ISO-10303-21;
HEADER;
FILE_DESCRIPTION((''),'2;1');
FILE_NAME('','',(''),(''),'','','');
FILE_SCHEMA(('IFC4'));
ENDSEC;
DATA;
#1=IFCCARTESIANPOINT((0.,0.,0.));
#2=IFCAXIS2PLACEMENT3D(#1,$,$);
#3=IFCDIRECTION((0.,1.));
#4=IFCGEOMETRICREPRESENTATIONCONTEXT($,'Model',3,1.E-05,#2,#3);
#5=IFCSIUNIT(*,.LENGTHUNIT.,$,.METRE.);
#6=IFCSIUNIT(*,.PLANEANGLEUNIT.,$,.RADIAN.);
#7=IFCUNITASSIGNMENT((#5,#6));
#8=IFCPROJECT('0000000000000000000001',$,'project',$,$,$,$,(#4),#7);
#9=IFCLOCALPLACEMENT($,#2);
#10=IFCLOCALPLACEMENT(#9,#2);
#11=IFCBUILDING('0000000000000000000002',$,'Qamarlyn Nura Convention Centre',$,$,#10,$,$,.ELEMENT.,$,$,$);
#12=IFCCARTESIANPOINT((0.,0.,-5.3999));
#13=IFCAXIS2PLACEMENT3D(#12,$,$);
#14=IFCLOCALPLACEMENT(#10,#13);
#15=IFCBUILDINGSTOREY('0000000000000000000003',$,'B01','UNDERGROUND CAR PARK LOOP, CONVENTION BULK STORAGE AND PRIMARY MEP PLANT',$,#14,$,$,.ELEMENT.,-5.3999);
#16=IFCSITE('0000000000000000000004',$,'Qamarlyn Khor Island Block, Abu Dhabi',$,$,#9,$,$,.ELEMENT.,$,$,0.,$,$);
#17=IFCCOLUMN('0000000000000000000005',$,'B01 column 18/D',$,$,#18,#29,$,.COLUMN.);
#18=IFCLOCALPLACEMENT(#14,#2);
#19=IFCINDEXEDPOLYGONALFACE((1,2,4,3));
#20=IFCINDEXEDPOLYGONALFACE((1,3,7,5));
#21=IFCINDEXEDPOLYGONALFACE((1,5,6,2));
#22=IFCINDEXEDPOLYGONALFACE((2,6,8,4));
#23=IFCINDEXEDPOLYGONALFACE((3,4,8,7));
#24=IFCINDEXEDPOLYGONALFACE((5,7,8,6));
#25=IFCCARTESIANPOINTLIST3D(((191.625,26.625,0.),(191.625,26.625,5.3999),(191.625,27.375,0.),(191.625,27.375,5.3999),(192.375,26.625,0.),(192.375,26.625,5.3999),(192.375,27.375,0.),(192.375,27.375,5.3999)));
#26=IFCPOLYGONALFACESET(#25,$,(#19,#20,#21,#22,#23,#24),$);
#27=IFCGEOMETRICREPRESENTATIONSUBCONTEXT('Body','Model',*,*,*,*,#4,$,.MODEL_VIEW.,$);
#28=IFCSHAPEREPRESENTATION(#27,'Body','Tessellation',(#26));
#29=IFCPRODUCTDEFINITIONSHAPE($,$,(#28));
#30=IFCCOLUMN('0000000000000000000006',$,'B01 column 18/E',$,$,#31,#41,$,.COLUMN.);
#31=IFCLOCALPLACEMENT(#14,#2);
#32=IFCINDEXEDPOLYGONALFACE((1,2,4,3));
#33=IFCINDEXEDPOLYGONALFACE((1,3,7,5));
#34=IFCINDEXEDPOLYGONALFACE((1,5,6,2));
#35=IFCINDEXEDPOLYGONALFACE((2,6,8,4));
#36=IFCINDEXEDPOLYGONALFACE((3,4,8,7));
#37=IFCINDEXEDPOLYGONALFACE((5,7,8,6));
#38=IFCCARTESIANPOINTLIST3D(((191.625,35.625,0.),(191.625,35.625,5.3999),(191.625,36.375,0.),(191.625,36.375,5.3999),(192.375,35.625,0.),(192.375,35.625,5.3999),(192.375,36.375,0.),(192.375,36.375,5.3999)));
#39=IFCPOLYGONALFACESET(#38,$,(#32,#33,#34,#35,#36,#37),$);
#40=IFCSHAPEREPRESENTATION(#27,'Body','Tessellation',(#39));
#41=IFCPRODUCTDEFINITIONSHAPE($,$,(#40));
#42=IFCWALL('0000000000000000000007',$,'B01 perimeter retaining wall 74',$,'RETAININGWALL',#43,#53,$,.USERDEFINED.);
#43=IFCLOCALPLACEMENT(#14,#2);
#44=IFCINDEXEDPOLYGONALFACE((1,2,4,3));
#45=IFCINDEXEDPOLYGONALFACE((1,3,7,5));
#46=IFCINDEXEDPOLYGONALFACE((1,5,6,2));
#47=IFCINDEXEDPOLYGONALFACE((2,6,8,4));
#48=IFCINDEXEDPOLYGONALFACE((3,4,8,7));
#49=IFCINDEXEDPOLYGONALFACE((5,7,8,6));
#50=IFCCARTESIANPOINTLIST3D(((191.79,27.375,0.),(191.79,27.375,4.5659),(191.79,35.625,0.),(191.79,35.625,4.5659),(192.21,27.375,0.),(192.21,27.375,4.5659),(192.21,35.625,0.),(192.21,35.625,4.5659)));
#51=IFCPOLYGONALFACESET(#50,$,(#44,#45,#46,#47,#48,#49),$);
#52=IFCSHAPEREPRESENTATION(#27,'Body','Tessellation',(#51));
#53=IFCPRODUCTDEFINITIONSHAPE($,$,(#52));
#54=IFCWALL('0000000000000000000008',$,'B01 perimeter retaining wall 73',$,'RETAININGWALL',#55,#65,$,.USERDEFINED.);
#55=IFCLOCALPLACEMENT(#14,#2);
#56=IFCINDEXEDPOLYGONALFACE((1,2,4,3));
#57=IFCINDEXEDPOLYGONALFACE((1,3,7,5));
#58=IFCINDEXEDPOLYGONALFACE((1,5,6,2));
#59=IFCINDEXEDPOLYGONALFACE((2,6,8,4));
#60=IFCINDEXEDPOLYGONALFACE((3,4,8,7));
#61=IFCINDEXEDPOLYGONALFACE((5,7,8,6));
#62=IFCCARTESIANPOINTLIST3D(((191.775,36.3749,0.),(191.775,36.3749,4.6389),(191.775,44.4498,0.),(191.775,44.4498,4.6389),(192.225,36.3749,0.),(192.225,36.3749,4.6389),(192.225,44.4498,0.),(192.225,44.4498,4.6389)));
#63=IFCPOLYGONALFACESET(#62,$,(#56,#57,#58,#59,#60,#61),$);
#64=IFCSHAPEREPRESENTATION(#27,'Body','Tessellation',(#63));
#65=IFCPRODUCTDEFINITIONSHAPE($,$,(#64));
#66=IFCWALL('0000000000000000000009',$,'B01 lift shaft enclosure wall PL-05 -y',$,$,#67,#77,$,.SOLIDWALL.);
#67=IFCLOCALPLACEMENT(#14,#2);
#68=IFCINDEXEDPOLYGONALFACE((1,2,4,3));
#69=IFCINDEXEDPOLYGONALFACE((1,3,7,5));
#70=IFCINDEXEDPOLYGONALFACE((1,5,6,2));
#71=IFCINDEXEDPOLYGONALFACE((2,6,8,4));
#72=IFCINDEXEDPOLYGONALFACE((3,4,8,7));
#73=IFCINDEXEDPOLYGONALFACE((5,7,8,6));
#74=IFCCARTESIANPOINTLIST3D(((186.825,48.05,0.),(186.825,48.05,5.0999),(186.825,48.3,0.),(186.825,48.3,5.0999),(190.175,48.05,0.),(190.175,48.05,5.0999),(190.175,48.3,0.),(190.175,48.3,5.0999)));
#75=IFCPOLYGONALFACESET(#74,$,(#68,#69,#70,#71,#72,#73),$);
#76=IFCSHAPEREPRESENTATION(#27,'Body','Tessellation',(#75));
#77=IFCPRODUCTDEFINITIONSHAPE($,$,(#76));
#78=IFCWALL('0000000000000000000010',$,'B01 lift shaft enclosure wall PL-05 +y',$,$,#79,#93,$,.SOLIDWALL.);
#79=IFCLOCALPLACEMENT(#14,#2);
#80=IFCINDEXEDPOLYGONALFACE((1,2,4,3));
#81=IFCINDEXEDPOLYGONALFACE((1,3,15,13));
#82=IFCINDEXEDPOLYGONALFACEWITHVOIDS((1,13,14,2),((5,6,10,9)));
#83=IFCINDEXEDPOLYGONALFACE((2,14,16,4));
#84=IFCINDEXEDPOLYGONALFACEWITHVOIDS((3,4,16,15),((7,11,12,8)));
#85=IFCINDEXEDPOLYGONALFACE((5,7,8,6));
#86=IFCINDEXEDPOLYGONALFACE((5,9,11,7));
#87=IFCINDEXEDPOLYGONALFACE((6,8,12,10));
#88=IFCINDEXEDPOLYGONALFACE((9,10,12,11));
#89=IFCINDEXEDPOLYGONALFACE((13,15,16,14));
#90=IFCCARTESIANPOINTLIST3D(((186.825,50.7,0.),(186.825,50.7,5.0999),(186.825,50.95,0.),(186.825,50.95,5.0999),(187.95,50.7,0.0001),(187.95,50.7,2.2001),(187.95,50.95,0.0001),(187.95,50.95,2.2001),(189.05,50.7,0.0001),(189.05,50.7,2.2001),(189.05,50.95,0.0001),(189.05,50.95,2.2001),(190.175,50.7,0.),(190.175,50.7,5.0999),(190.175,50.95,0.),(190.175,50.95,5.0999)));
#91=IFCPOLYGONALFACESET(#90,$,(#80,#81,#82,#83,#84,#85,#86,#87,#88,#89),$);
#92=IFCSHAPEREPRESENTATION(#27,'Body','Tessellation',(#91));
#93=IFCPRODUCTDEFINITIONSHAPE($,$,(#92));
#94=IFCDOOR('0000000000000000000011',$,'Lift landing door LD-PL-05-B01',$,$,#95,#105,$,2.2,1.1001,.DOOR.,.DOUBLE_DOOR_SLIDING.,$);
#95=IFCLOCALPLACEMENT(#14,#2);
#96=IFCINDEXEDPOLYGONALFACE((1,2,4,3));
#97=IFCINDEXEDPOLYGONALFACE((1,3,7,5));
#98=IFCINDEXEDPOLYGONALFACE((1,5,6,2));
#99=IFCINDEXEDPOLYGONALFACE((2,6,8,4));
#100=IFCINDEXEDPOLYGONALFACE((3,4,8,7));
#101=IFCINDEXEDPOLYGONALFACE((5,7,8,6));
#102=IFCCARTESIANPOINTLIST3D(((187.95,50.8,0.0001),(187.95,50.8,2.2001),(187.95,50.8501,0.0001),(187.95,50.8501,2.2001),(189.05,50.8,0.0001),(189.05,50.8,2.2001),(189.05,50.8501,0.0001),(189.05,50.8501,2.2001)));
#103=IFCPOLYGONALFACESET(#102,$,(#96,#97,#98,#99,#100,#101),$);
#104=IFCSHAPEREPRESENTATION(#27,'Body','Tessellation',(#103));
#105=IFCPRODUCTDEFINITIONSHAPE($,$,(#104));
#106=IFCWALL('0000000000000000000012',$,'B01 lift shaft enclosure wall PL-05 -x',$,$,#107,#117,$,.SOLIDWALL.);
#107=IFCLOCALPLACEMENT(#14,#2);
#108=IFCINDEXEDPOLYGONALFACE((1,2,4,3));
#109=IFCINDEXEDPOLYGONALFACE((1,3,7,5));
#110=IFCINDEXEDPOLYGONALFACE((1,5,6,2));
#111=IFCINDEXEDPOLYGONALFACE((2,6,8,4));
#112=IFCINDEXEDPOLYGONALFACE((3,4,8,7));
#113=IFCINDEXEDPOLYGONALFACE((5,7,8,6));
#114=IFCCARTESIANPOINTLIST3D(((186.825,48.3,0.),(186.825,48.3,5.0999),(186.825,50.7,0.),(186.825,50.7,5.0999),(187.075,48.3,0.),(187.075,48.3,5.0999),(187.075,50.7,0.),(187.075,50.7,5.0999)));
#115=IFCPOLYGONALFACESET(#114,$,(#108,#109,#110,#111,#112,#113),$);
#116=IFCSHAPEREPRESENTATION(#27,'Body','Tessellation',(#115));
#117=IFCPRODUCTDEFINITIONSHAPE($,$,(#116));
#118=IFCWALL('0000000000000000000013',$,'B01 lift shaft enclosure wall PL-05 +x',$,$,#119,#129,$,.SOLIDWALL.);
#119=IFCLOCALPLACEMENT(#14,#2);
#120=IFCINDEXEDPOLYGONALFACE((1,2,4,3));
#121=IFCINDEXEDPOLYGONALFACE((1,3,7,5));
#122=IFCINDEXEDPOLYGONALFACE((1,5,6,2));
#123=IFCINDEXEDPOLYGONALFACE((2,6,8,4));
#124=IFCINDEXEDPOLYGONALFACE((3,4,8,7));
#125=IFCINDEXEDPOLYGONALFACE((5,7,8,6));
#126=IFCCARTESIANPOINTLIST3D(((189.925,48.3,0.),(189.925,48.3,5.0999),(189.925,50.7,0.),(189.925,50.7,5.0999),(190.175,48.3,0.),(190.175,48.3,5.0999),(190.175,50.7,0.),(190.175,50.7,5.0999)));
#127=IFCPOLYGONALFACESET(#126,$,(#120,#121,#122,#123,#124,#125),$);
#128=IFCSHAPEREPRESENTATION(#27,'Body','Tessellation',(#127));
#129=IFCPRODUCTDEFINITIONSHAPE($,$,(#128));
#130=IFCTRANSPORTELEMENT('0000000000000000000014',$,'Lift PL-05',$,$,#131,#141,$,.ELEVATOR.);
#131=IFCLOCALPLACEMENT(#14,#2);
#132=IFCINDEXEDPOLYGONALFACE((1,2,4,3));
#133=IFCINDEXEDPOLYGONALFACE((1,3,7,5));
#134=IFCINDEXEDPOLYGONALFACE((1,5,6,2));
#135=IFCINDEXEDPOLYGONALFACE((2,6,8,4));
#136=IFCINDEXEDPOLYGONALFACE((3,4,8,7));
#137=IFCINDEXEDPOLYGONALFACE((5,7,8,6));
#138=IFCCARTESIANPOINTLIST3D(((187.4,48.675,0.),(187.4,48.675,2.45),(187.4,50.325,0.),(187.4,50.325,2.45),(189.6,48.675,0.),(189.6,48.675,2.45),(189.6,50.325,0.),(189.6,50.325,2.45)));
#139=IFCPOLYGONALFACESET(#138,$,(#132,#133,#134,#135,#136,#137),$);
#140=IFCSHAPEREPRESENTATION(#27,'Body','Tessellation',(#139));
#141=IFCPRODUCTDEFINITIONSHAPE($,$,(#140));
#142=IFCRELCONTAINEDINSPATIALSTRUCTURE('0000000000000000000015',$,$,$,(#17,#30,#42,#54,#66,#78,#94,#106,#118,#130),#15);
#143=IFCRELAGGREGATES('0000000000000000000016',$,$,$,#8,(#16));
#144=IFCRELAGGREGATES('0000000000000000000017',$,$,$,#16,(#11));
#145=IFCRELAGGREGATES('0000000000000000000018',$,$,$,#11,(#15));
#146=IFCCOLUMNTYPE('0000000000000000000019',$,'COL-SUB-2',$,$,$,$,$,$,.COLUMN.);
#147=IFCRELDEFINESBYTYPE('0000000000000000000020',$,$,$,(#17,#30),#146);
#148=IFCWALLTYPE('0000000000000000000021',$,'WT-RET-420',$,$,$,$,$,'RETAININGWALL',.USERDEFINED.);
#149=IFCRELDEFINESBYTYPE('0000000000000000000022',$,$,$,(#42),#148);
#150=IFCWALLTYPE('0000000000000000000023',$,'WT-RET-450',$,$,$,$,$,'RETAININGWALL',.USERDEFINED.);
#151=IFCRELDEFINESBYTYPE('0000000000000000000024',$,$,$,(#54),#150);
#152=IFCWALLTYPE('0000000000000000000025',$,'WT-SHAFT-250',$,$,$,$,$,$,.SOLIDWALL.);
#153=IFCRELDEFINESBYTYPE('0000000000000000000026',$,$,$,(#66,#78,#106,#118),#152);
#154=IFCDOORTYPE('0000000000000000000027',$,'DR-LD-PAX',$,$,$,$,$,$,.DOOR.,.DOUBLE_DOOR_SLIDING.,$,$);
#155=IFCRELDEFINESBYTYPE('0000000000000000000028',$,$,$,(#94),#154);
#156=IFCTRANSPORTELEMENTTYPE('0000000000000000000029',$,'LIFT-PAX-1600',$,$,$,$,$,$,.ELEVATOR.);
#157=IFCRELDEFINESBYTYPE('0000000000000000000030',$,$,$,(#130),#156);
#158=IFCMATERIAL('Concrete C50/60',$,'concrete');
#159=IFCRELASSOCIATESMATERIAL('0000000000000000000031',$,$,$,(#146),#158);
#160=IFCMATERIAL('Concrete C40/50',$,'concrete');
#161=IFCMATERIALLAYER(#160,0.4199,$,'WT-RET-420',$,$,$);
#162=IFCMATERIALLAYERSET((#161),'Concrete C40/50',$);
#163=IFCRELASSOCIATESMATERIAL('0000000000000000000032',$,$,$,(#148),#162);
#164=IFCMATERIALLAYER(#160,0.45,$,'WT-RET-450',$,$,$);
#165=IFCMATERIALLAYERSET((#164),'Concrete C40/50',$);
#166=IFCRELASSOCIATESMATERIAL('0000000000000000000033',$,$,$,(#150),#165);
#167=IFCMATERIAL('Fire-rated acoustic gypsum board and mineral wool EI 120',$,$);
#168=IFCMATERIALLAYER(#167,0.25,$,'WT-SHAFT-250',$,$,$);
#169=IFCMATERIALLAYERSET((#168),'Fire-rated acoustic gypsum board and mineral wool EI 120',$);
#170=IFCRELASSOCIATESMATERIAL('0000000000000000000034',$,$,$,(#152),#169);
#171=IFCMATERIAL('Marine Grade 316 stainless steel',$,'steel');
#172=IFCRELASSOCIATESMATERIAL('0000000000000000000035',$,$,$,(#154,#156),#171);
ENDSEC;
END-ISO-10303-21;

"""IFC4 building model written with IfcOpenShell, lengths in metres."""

from ifc_helpers import new_model, si_unit, direction, frame, frame_2d, origin, origin_2d, place, context, subcontext, project, spatial, rectangle, extrude, material, layer, layer_set, material_profile, profile_set, type_object, element, fill, save


model = new_model("IFC4")

# Units and contexts
model_context = context("Model", 3, precision=1e-05, world=origin(), true_north=direction((0.0, 1.0)))
body_context = subcontext(model_context, "Body", "Model", "MODEL_VIEW")
ifc_project = project(units=[si_unit("LENGTHUNIT", "METRE"), si_unit("PLANEANGLEUNIT", "RADIAN")], contexts=[model_context])

# Site, building, storey
site_placement = place(None, origin())
site = spatial("IfcSite", under=ifc_project, at=site_placement, Name="Qamarlyn Khor Island Block, Abu Dhabi", CompositionType="ELEMENT", RefElevation=0.0)
building_placement = place(site_placement, origin())
building = spatial("IfcBuilding", under=site, at=building_placement, Name="Qamarlyn Nura Convention Centre", CompositionType="ELEMENT")
storey_placement = place(building_placement, frame((0.0, 0.0, -5.3999)))
storey = spatial("IfcBuildingStorey", under=building, at=storey_placement, Name="B01", Description="UNDERGROUND CAR PARK LOOP, CONVENTION BULK STORAGE AND PRIMARY MEP PLANT", CompositionType="ELEMENT", Elevation=-5.3999)

# Shared definitions
ifc_material_1 = material(Name="Concrete C40/50", Category="concrete")

# Columns
ifc_material_2 = material(Name="Concrete C50/60", Category="concrete")
ifc_material_profile_1 = material_profile(ifc_material_2, rectangle(XDim=0.75, YDim=0.75, at=origin_2d()), Name="RC 750x750")
ifc_profile_set_1 = profile_set([ifc_material_profile_1], Name="Concrete C50/60")
column_type_1 = type_object("IfcColumnType", Name="COL-SUB-2", PredefinedType="COLUMN", material=ifc_profile_set_1)
for number, where, z_axis, x_axis, name in (
    (1, (192.0, 27.0, 0.0), (0.0, 0.0, 1.0), (1.0, 0.0, 0.0), "B01 column 18/D"),
    (2, (192.0, 36.0, 0.0), (0.0, 0.0, 1.0), (1.0, 0.0, 0.0), "B01 column 18/E"),
):
    element("IfcColumn", number, at=place(storey_placement, frame(where, z_axis=z_axis, x_axis=x_axis)), inside=storey, type_object=column_type_1, Name=name, PredefinedType="COLUMN", context=body_context, shape_type="SweptSolid", body=[
        extrude(rectangle(XDim=0.75, YDim=0.75, at=origin_2d()), origin(), (0.0, 0.0, 1.0), 5.3999),
    ])

# Walls
ifc_layer_1 = layer(ifc_material_1, 0.4199, Name="WT-RET-420")
ifc_layer_set_1 = layer_set([ifc_layer_1], Name="Concrete C40/50")
wall_type_1 = type_object("IfcWallType", Name="WT-RET-420", ElementType="RETAININGWALL", PredefinedType="USERDEFINED", material=ifc_layer_set_1)
wall_1_placement = place(storey_placement, frame((192.0, 35.625, 0.0), z_axis=(0.0, 0.0, 1.0), x_axis=(0.0, -1.0, 0.0)))
element("IfcWall", 3, at=wall_1_placement, inside=storey, type_object=wall_type_1, Name="B01 perimeter retaining wall 74", ObjectType="RETAININGWALL", PredefinedType="USERDEFINED", context=body_context, shape_type="SweptSolid", body=[
    extrude(rectangle(XDim=8.25, YDim=0.4199, at=frame_2d((4.125, 0.0))), origin(), (0.0, 0.0, 1.0), 4.5659),
])
ifc_layer_2 = layer(ifc_material_1, 0.45, Name="WT-RET-450")
ifc_layer_set_2 = layer_set([ifc_layer_2], Name="Concrete C40/50")
wall_type_2 = type_object("IfcWallType", Name="WT-RET-450", ElementType="RETAININGWALL", PredefinedType="USERDEFINED", material=ifc_layer_set_2)
wall_2_placement = place(storey_placement, frame((192.0, 44.45, 0.0), z_axis=(0.0, 0.0, 1.0), x_axis=(0.0, -1.0, 0.0)))
element("IfcWall", 4, at=wall_2_placement, inside=storey, type_object=wall_type_2, Name="B01 perimeter retaining wall 73", ObjectType="RETAININGWALL", PredefinedType="USERDEFINED", context=body_context, shape_type="SweptSolid", body=[
    extrude(rectangle(XDim=8.075, YDim=0.45, at=frame_2d((4.0376, 0.0))), origin(), (0.0, 0.0, 1.0), 4.6389),
])
ifc_material_3 = material(Name="Fire-rated acoustic gypsum board and mineral wool EI 120")
ifc_layer_3 = layer(ifc_material_3, 0.25, Name="WT-SHAFT-250")
ifc_layer_set_3 = layer_set([ifc_layer_3], Name="Fire-rated acoustic gypsum board and mineral wool EI 120")
wall_type_3 = type_object("IfcWallType", Name="WT-SHAFT-250", PredefinedType="SOLIDWALL", material=ifc_layer_set_3)
wall_3_placement = place(storey_placement, frame((186.825, 48.175, 0.0), z_axis=(0.0, 0.0, 1.0), x_axis=(1.0, 0.0, 0.0)))
element("IfcWall", 5, at=wall_3_placement, inside=storey, type_object=wall_type_3, Name="B01 lift shaft enclosure wall PL-05 -y", PredefinedType="SOLIDWALL", context=body_context, shape_type="SweptSolid", body=[
    extrude(rectangle(XDim=3.3501, YDim=0.25, at=frame_2d((1.675, 0.0))), origin(), (0.0, 0.0, 1.0), 5.0999),
])

# Wall, opening, door
wall_4_placement = place(storey_placement, frame((190.175, 50.825, 0.0), z_axis=(0.0, 0.0, 1.0), x_axis=(-1.0, 0.0, 0.0)))
wall_4 = element("IfcWall", 6, at=wall_4_placement, inside=storey, type_object=wall_type_3, Name="B01 lift shaft enclosure wall PL-05 +y", PredefinedType="SOLIDWALL", context=body_context, shape_type="SweptSolid", body=[
    extrude(rectangle(XDim=3.3501, YDim=0.25, at=frame_2d((1.675, 0.0))), origin(), (0.0, 0.0, 1.0), 5.0999),
])
opening_placement = place(wall_4_placement, frame((1.125, 0.0, 0.0)))
opening = element("IfcOpeningElement", 7, at=opening_placement, cuts=wall_4, PredefinedType="OPENING", context=body_context, shape_type="SweptSolid", body=[
    extrude(rectangle(XDim=1.1001, YDim=2.2, at=frame_2d((0.55, 1.1001))), frame((0.0, 0.135, 0.0), z_axis=(0.0, -1.0, 0.0), x_axis=(1.0, 0.0, 0.0)), (0.0, 0.0, 1.0), 0.27),
])
ifc_material_4 = material(Name="Marine Grade 316 stainless steel", Category="steel")
door_type = type_object("IfcDoorType", Name="DR-LD-PAX", OperationType="DOUBLE_DOOR_SLIDING", PredefinedType="DOOR", material=ifc_material_4)
door_placement = place(opening_placement, origin())
door = element("IfcDoor", 8, at=door_placement, inside=storey, type_object=door_type, Name="Lift landing door LD-PL-05-B01", OperationType="DOUBLE_DOOR_SLIDING", OverallHeight=2.2, OverallWidth=1.1001, PredefinedType="DOOR", context=body_context, shape_type="SweptSolid", body=[
    extrude(rectangle(XDim=1.1001, YDim=2.2, at=frame_2d((0.55, 1.1001))), frame((0.0, 0.0249, 0.0), z_axis=(0.0, -1.0, 0.0), x_axis=(1.0, 0.0, 0.0)), (0.0, 0.0, 1.0), 0.05),
])
fill(opening, door)

# Walls
for number, where, z_axis, x_axis, name in (
    (9, (186.95, 50.7, 0.0), (0.0, 0.0, 1.0), (0.0, -1.0, 0.0), "B01 lift shaft enclosure wall PL-05 -x"),
    (10, (190.05, 48.3, 0.0), (0.0, 0.0, 1.0), (0.0, 1.0, 0.0), "B01 lift shaft enclosure wall PL-05 +x"),
):
    element("IfcWall", number, at=place(storey_placement, frame(where, z_axis=z_axis, x_axis=x_axis)), inside=storey, type_object=wall_type_3, Name=name, PredefinedType="SOLIDWALL", context=body_context, shape_type="SweptSolid", body=[
        extrude(rectangle(XDim=2.3999, YDim=0.25, at=frame_2d((1.2, 0.0))), origin(), (0.0, 0.0, 1.0), 5.0999),
    ])

# Transport element
transport_element_type = type_object("IfcTransportElementType", Name="LIFT-PAX-1600", PredefinedType="ELEVATOR", material=ifc_material_4)
transport_element_placement = place(storey_placement, frame((188.5, 49.5, 0.0), z_axis=(0.0, 0.0, 1.0), x_axis=(1.0, 0.0, 0.0)))
element("IfcTransportElement", 11, at=transport_element_placement, inside=storey, type_object=transport_element_type, Name="Lift PL-05", PredefinedType="ELEVATOR", context=body_context, shape_type="SweptSolid", body=[
    extrude(rectangle(XDim=2.2, YDim=1.6499, at=origin_2d()), origin(), (0.0, 0.0, 1.0), 2.45),
])

save(model, "model.ifc")
